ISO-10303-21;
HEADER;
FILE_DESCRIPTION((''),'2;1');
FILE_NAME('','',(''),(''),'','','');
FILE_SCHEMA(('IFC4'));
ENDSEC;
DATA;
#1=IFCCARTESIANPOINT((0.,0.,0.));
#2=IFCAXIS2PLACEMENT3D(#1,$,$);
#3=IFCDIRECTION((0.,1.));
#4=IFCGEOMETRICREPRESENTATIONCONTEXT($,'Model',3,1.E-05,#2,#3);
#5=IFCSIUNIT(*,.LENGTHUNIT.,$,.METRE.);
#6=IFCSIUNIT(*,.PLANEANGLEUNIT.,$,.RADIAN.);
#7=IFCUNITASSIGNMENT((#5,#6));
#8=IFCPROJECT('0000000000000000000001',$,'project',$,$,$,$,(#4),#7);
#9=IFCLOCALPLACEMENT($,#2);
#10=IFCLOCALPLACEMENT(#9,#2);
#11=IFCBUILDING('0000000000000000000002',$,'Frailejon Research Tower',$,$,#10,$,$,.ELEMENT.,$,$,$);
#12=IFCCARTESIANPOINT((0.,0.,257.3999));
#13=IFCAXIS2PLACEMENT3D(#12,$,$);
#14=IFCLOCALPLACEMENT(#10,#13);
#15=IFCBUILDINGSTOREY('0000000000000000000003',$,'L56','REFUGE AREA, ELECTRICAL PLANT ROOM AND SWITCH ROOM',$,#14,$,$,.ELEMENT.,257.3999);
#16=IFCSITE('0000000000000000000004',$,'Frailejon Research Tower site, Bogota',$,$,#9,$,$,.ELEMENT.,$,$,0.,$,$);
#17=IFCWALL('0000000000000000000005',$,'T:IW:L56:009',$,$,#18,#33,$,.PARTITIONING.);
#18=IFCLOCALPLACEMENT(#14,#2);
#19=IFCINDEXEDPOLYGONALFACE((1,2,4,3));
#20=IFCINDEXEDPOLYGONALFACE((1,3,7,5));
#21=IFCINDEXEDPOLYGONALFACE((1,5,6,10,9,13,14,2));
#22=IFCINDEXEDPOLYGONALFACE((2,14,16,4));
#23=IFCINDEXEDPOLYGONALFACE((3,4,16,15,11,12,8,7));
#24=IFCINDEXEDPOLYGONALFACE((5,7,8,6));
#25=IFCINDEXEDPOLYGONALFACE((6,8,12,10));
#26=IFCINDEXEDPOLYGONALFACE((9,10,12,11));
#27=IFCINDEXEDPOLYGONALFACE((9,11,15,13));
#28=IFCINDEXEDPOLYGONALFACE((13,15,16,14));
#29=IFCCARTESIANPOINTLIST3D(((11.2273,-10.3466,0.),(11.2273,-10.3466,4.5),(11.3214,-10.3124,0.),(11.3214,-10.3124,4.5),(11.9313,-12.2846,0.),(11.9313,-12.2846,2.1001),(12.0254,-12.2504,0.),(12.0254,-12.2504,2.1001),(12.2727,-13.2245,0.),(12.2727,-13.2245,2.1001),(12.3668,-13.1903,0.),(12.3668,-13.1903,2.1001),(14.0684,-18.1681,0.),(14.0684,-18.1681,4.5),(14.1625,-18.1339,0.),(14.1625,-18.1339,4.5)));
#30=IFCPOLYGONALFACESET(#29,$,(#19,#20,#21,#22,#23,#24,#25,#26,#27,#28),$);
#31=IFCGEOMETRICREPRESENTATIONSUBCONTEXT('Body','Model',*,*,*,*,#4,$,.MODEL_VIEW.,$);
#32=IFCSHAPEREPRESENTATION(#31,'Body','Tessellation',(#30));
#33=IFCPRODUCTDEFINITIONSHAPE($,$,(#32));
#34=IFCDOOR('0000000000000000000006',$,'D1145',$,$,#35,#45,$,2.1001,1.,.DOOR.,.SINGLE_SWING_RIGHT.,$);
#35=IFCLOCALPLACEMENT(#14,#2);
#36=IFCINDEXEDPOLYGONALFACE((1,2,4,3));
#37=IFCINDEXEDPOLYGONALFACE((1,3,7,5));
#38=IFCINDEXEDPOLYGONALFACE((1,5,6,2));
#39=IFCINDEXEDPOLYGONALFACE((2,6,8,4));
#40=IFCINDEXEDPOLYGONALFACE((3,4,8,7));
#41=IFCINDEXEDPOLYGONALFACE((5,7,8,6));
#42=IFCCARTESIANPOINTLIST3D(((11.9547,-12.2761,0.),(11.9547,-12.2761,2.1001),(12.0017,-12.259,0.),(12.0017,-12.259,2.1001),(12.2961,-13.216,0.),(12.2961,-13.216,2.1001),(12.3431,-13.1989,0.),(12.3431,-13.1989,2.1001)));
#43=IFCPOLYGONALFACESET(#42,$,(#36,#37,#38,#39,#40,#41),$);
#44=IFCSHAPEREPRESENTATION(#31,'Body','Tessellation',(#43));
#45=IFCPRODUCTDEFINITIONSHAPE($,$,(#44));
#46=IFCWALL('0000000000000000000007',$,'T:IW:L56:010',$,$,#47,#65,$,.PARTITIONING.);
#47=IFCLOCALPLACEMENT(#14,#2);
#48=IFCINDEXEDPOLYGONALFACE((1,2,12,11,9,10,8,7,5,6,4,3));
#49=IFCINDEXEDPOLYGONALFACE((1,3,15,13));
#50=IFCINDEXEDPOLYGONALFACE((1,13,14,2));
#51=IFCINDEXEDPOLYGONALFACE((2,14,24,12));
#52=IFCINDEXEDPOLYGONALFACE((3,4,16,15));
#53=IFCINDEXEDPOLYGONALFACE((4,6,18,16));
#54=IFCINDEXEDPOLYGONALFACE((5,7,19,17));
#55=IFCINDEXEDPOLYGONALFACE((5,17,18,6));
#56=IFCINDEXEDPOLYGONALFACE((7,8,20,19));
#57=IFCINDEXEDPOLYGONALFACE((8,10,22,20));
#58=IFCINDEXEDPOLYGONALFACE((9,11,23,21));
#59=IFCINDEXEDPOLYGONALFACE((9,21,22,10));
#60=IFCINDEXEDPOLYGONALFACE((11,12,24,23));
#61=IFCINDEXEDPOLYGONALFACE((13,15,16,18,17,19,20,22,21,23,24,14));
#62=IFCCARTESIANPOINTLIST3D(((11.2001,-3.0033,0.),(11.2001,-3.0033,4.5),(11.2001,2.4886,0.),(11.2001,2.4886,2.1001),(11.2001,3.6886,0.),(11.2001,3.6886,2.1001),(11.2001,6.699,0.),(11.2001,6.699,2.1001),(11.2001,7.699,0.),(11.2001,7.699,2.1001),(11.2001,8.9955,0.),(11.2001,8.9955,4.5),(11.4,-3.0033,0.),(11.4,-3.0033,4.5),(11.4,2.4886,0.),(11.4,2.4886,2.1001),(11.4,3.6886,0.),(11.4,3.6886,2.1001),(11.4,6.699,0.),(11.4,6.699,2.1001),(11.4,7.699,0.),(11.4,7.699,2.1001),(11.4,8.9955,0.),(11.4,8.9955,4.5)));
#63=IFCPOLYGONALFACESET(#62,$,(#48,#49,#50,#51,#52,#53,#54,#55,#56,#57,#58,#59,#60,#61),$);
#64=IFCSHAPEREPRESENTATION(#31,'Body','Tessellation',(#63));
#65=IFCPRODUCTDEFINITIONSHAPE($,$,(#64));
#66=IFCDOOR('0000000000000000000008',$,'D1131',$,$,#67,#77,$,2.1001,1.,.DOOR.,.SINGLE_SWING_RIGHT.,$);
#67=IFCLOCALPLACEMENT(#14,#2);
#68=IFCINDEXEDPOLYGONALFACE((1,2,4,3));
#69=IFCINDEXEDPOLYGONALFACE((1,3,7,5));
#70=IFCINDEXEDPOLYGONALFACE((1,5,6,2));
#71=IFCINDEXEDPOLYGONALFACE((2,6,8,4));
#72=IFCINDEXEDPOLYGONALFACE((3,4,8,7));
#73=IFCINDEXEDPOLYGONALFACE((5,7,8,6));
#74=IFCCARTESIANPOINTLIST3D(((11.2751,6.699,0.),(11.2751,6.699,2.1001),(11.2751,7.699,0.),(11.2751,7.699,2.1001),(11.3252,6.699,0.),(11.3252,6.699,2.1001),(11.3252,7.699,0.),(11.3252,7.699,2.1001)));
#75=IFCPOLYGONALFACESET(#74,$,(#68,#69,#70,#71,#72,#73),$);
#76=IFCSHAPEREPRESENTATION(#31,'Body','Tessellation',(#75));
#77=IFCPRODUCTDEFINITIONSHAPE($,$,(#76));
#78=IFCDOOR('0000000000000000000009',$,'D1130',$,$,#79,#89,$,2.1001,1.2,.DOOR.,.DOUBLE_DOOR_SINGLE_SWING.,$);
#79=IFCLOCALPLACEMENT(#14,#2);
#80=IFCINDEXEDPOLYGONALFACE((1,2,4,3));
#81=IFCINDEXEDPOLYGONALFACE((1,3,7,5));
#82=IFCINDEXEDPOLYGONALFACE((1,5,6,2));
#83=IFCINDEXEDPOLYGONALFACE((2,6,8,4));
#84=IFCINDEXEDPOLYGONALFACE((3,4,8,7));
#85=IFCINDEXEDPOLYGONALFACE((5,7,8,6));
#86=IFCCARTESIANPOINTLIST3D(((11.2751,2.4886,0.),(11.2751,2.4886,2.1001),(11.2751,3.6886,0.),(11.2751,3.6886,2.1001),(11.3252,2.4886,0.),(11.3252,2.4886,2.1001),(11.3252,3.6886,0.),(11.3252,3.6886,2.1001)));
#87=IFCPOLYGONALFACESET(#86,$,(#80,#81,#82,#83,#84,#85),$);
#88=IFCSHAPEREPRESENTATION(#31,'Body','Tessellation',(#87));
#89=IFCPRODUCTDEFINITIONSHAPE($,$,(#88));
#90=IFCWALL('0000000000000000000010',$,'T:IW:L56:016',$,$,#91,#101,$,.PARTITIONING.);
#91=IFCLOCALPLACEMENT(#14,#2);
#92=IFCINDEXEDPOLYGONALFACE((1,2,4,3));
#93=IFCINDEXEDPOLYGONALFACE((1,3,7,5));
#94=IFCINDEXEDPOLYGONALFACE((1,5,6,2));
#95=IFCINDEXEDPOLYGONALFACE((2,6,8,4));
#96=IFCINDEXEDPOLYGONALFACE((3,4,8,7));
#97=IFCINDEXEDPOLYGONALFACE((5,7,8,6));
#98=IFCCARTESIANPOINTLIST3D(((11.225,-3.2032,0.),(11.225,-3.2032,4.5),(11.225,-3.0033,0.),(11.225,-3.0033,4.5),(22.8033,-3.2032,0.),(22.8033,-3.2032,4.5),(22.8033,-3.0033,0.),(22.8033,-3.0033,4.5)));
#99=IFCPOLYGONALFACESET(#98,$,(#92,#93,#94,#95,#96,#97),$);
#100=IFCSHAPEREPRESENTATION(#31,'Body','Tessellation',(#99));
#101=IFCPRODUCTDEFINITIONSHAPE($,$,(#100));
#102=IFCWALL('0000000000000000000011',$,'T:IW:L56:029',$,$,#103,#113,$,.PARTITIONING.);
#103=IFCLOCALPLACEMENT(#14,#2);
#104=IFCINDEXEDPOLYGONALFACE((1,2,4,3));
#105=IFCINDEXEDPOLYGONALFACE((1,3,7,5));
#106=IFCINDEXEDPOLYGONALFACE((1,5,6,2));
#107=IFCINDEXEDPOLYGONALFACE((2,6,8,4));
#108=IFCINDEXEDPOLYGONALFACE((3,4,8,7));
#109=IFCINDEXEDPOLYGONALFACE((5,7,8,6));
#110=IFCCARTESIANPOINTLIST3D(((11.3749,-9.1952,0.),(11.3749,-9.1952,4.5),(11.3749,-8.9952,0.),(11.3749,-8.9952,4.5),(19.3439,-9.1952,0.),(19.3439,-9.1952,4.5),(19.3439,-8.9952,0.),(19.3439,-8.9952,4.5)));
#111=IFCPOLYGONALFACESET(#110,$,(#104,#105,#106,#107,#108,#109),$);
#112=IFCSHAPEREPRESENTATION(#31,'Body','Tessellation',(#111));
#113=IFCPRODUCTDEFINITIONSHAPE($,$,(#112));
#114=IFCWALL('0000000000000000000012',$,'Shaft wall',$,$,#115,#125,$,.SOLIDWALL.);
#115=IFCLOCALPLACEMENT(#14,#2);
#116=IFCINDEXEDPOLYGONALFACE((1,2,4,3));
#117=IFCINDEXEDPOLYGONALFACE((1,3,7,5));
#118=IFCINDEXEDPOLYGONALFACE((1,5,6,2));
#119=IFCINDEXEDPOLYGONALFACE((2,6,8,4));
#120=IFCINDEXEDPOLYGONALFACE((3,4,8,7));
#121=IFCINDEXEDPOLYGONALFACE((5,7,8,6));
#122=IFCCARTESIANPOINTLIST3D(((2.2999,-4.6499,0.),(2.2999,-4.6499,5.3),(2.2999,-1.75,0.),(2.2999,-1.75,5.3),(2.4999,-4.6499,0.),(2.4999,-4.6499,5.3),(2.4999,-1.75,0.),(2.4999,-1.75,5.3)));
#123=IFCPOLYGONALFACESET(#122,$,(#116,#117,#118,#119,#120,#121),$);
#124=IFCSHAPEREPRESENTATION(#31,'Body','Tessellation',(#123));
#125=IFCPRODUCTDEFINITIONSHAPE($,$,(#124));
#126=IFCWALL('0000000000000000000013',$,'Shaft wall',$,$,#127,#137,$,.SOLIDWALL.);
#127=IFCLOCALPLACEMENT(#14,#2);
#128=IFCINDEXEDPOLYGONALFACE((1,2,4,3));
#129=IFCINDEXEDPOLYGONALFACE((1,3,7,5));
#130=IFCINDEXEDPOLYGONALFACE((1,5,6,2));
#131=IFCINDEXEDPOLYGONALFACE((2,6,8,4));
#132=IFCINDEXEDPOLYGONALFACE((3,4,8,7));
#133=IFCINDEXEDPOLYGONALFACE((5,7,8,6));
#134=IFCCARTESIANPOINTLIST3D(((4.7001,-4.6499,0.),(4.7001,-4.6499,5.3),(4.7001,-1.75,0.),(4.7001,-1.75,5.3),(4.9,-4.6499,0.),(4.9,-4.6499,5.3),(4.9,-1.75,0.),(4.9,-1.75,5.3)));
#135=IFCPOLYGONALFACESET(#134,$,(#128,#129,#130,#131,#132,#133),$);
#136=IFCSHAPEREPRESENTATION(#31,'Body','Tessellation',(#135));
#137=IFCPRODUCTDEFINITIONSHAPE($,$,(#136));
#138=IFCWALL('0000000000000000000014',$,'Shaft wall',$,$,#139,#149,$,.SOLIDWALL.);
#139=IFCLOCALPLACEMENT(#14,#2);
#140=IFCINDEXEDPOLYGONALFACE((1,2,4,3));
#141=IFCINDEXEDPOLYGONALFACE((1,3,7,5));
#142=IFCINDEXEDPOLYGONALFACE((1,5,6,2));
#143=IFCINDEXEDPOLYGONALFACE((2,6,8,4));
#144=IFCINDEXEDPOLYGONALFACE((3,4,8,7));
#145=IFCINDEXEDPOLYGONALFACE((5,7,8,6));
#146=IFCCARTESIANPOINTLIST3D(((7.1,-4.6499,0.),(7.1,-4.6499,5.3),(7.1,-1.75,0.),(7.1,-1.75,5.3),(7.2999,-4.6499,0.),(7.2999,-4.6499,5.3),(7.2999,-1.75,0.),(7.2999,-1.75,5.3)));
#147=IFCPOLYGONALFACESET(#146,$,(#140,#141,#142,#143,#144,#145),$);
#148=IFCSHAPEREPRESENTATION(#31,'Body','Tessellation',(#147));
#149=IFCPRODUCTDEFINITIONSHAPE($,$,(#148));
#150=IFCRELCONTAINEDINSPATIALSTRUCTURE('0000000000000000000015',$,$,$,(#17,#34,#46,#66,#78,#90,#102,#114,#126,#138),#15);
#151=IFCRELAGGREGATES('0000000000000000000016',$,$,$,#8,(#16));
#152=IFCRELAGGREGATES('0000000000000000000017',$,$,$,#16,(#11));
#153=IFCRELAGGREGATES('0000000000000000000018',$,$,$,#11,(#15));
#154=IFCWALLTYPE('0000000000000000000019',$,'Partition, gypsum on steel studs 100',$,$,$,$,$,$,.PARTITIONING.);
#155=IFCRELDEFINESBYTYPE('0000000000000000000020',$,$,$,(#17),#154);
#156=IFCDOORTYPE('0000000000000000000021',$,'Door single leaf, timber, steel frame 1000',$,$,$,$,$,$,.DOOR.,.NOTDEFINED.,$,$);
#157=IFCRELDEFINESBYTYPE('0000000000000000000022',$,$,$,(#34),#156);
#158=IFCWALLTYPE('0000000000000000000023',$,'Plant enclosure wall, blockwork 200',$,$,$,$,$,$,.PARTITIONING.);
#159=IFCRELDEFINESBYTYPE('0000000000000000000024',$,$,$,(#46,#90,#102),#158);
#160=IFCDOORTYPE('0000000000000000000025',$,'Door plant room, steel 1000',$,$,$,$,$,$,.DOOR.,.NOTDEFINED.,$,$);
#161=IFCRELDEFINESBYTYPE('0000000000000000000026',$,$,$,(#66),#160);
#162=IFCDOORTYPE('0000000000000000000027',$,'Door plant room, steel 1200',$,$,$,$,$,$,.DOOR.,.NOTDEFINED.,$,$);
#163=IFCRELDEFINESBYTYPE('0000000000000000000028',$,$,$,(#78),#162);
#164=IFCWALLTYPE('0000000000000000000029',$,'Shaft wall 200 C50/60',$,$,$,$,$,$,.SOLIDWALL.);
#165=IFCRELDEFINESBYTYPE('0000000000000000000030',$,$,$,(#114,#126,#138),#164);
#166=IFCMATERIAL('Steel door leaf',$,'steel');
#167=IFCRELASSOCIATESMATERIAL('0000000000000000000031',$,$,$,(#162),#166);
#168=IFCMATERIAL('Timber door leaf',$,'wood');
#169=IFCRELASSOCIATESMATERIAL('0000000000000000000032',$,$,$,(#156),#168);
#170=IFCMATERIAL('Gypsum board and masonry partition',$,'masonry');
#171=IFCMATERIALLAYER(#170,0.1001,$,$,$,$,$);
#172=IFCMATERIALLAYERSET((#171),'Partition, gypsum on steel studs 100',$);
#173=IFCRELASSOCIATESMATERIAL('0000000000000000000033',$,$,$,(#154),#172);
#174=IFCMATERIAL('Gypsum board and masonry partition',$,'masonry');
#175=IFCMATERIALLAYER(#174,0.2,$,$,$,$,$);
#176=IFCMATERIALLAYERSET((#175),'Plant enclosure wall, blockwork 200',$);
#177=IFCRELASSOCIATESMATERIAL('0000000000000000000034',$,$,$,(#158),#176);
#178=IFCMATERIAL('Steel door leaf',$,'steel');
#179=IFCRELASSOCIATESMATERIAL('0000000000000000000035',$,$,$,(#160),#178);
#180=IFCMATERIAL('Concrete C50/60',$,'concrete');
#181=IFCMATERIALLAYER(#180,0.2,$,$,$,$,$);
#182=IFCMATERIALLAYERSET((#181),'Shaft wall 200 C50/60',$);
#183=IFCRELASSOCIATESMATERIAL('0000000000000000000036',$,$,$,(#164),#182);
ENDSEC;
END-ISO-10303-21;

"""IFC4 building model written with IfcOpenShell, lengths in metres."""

from ifc_helpers import new_model, si_unit, direction, frame, frame_2d, origin, place, context, subcontext, project, spatial, rectangle, extrude, material, layer, layer_set, type_object, element, fill, save


model = new_model("IFC4")

# Units and contexts
model_context = context("Model", 3, precision=1e-05, world=origin(), true_north=direction((0.0, 1.0)))
body_context = subcontext(model_context, "Body", "Model", "MODEL_VIEW")
ifc_project = project(units=[si_unit("LENGTHUNIT", "METRE"), si_unit("PLANEANGLEUNIT", "RADIAN")], contexts=[model_context])

# Site, building, storey
site_placement = place(None, origin())
site = spatial("IfcSite", under=ifc_project, at=site_placement, Name="Frailejon Research Tower site, Bogota", CompositionType="ELEMENT", RefElevation=0.0)
building_placement = place(site_placement, origin())
building = spatial("IfcBuilding", under=site, at=building_placement, Name="Frailejon Research Tower", CompositionType="ELEMENT")
storey_placement = place(building_placement, frame((0.0, 0.0, 257.3999)))
storey = spatial("IfcBuildingStorey", under=building, at=storey_placement, Name="L56", Description="REFUGE AREA, ELECTRICAL PLANT ROOM AND SWITCH ROOM", CompositionType="ELEMENT", Elevation=257.3999)

# Wall, opening, door
ifc_material_1 = material(Name="Steel door leaf", Category="steel")
door_type_1 = type_object("IfcDoorType", Name="Door plant room, steel 1200", OperationType="NOTDEFINED", PredefinedType="DOOR", material=ifc_material_1)
ifc_material_2 = material(Name="Timber door leaf", Category="wood")
door_type_2 = type_object("IfcDoorType", Name="Door single leaf, timber, steel frame 1000", OperationType="NOTDEFINED", PredefinedType="DOOR", material=ifc_material_2)
ifc_material_3 = material(Name="Gypsum board and masonry partition", Category="masonry")
ifc_layer_1 = layer(ifc_material_3, 0.1001)
ifc_layer_set_1 = layer_set([ifc_layer_1], Name="Partition, gypsum on steel studs 100")
wall_type_1 = type_object("IfcWallType", Name="Partition, gypsum on steel studs 100", PredefinedType="PARTITIONING", material=ifc_layer_set_1)
wall_1_placement = place(storey_placement, frame((11.2744, -10.3296, 0.0), z_axis=(0.0, 0.0, 1.0), x_axis=(0.341411, -0.939914, 0.0)))
wall_1 = element("IfcWall", 1, at=wall_1_placement, inside=storey, type_object=wall_type_1, Name="T:IW:L56:009", PredefinedType="PARTITIONING", context=body_context, shape_type="SweptSolid", body=[
    extrude(rectangle(XDim=8.3215, YDim=0.1001, at=frame_2d((4.1606, 0.0))), origin(), (0.0, 0.0, 1.0), 4.5),
])
opening_1_placement = place(wall_1_placement, frame((2.0618, 0.0, 0.0)))
opening_1 = element("IfcOpeningElement", 2, at=opening_1_placement, cuts=wall_1, PredefinedType="OPENING", context=body_context, shape_type="SweptSolid", body=[
    extrude(rectangle(XDim=1.0, YDim=2.1001, at=frame_2d((0.5, 1.05))), frame((0.0, 0.0601, 0.0), z_axis=(0.0, -1.0, 0.0), x_axis=(1.0, 0.0, 0.0)), (0.0, 0.0, 1.0), 0.1201),
])
door_1_placement = place(opening_1_placement, origin())
door_1 = element("IfcDoor", 3, at=door_1_placement, inside=storey, type_object=door_type_2, Name="D1145", OperationType="SINGLE_SWING_RIGHT", OverallHeight=2.1001, OverallWidth=1.0, PredefinedType="DOOR", context=body_context, shape_type="SweptSolid", body=[
    extrude(rectangle(XDim=1.0, YDim=2.1001, at=frame_2d((0.5, 1.05))), frame((0.0, 0.0249, 0.0), z_axis=(0.0, -1.0, 0.0), x_axis=(1.0, 0.0, 0.0)), (0.0, 0.0, 1.0), 0.05),
])
fill(opening_1, door_1)

# Wall, openings, doors
ifc_material_4 = material(Name="Gypsum board and masonry partition", Category="masonry")
ifc_layer_2 = layer(ifc_material_4, 0.2)
ifc_layer_set_2 = layer_set([ifc_layer_2], Name="Plant enclosure wall, blockwork 200")
wall_type_2 = type_object("IfcWallType", Name="Plant enclosure wall, blockwork 200", PredefinedType="PARTITIONING", material=ifc_layer_set_2)
wall_2_placement = place(storey_placement, frame((11.3, -3.0034, 0.0), z_axis=(0.0, 0.0, 1.0), x_axis=(0.0, 1.0, 0.0)))
wall_2 = element("IfcWall", 4, at=wall_2_placement, inside=storey, type_object=wall_type_2, Name="T:IW:L56:010", PredefinedType="PARTITIONING", context=body_context, shape_type="SweptSolid", body=[
    extrude(rectangle(XDim=11.9988, YDim=0.2, at=frame_2d((5.9995, 0.0))), origin(), (0.0, 0.0, 1.0), 4.5),
])
opening_2_placement = place(wall_2_placement, frame((5.4919, 0.0, 0.0)))
opening_2 = element("IfcOpeningElement", 5, at=opening_2_placement, cuts=wall_2, PredefinedType="OPENING", context=body_context, shape_type="SweptSolid", body=[
    extrude(rectangle(XDim=1.2, YDim=2.1001, at=frame_2d((0.6001, 1.05))), frame((0.0, 0.1099, 0.0), z_axis=(0.0, -1.0, 0.0), x_axis=(1.0, 0.0, 0.0)), (0.0, 0.0, 1.0), 0.22),
])
opening_3_placement = place(wall_2_placement, frame((9.7024, 0.0, 0.0)))
opening_3 = element("IfcOpeningElement", 6, at=opening_3_placement, cuts=wall_2, PredefinedType="OPENING", context=body_context, shape_type="SweptSolid", body=[
    extrude(rectangle(XDim=1.0, YDim=2.1001, at=frame_2d((0.5, 1.05))), frame((0.0, 0.1099, 0.0), z_axis=(0.0, -1.0, 0.0), x_axis=(1.0, 0.0, 0.0)), (0.0, 0.0, 1.0), 0.22),
])
ifc_material_5 = material(Name="Steel door leaf", Category="steel")
door_type_3 = type_object("IfcDoorType", Name="Door plant room, steel 1000", OperationType="NOTDEFINED", PredefinedType="DOOR", material=ifc_material_5)
door_2_placement = place(opening_3_placement, origin())
door_2 = element("IfcDoor", 7, at=door_2_placement, inside=storey, type_object=door_type_3, Name="D1131", OperationType="SINGLE_SWING_RIGHT", OverallHeight=2.1001, OverallWidth=1.0, PredefinedType="DOOR", context=body_context, shape_type="SweptSolid", body=[
    extrude(rectangle(XDim=1.0, YDim=2.1001, at=frame_2d((0.5, 1.05))), frame((0.0, 0.0249, 0.0), z_axis=(0.0, -1.0, 0.0), x_axis=(1.0, 0.0, 0.0)), (0.0, 0.0, 1.0), 0.05),
])
fill(opening_3, door_2)
door_3_placement = place(opening_2_placement, origin())
door_3 = element("IfcDoor", 8, at=door_3_placement, inside=storey, type_object=door_type_1, Name="D1130", OperationType="DOUBLE_DOOR_SINGLE_SWING", OverallHeight=2.1001, OverallWidth=1.2, PredefinedType="DOOR", context=body_context, shape_type="SweptSolid", body=[
    extrude(rectangle(XDim=1.2, YDim=2.1001, at=frame_2d((0.6001, 1.05))), frame((0.0, 0.0249, 0.0), z_axis=(0.0, -1.0, 0.0), x_axis=(1.0, 0.0, 0.0)), (0.0, 0.0, 1.0), 0.05),
])
fill(opening_2, door_3)

# Walls
wall_3_placement = place(storey_placement, frame((11.2251, -3.1033, 0.0), z_axis=(0.0, 0.0, 1.0), x_axis=(1.0, 0.0, 0.0)))
element("IfcWall", 9, at=wall_3_placement, inside=storey, type_object=wall_type_2, Name="T:IW:L56:016", PredefinedType="PARTITIONING", context=body_context, shape_type="SweptSolid", body=[
    extrude(rectangle(XDim=11.5784, YDim=0.2, at=frame_2d((5.7891, 0.0))), origin(), (0.0, 0.0, 1.0), 4.5),
])
wall_4_placement = place(storey_placement, frame((11.375, -9.0952, 0.0), z_axis=(0.0, 0.0, 1.0), x_axis=(1.0, 0.0, 0.0)))
element("IfcWall", 10, at=wall_4_placement, inside=storey, type_object=wall_type_2, Name="T:IW:L56:029", PredefinedType="PARTITIONING", context=body_context, shape_type="SweptSolid", body=[
    extrude(rectangle(XDim=7.969, YDim=0.2, at=frame_2d((3.9844, 0.0))), origin(), (0.0, 0.0, 1.0), 4.5),
])
ifc_material_6 = material(Name="Concrete C50/60", Category="concrete")
ifc_layer_3 = layer(ifc_material_6, 0.2)
ifc_layer_set_3 = layer_set([ifc_layer_3], Name="Shaft wall 200 C50/60")
wall_type_3 = type_object("IfcWallType", Name="Shaft wall 200 C50/60", PredefinedType="SOLIDWALL", material=ifc_layer_set_3)
for number, where, z_axis, x_axis, name in (
    (11, (2.3999, -4.6499, 0.0), (0.0, 0.0, 1.0), (0.0, 1.0, 0.0), "Shaft wall"),
    (12, (4.8, -4.6499, 0.0), (0.0, 0.0, 1.0), (0.0, 1.0, 0.0), "Shaft wall"),
    (13, (7.2, -4.6499, 0.0), (0.0, 0.0, 1.0), (0.0, 1.0, 0.0), "Shaft wall"),
):
    element("IfcWall", number, at=place(storey_placement, frame(where, z_axis=z_axis, x_axis=x_axis)), inside=storey, type_object=wall_type_3, Name=name, PredefinedType="SOLIDWALL", context=body_context, shape_type="SweptSolid", body=[
        extrude(rectangle(XDim=2.8999, YDim=0.2, at=frame_2d((1.45, 0.0))), origin(), (0.0, 0.0, 1.0), 5.3),
    ])

save(model, "model.ifc")
